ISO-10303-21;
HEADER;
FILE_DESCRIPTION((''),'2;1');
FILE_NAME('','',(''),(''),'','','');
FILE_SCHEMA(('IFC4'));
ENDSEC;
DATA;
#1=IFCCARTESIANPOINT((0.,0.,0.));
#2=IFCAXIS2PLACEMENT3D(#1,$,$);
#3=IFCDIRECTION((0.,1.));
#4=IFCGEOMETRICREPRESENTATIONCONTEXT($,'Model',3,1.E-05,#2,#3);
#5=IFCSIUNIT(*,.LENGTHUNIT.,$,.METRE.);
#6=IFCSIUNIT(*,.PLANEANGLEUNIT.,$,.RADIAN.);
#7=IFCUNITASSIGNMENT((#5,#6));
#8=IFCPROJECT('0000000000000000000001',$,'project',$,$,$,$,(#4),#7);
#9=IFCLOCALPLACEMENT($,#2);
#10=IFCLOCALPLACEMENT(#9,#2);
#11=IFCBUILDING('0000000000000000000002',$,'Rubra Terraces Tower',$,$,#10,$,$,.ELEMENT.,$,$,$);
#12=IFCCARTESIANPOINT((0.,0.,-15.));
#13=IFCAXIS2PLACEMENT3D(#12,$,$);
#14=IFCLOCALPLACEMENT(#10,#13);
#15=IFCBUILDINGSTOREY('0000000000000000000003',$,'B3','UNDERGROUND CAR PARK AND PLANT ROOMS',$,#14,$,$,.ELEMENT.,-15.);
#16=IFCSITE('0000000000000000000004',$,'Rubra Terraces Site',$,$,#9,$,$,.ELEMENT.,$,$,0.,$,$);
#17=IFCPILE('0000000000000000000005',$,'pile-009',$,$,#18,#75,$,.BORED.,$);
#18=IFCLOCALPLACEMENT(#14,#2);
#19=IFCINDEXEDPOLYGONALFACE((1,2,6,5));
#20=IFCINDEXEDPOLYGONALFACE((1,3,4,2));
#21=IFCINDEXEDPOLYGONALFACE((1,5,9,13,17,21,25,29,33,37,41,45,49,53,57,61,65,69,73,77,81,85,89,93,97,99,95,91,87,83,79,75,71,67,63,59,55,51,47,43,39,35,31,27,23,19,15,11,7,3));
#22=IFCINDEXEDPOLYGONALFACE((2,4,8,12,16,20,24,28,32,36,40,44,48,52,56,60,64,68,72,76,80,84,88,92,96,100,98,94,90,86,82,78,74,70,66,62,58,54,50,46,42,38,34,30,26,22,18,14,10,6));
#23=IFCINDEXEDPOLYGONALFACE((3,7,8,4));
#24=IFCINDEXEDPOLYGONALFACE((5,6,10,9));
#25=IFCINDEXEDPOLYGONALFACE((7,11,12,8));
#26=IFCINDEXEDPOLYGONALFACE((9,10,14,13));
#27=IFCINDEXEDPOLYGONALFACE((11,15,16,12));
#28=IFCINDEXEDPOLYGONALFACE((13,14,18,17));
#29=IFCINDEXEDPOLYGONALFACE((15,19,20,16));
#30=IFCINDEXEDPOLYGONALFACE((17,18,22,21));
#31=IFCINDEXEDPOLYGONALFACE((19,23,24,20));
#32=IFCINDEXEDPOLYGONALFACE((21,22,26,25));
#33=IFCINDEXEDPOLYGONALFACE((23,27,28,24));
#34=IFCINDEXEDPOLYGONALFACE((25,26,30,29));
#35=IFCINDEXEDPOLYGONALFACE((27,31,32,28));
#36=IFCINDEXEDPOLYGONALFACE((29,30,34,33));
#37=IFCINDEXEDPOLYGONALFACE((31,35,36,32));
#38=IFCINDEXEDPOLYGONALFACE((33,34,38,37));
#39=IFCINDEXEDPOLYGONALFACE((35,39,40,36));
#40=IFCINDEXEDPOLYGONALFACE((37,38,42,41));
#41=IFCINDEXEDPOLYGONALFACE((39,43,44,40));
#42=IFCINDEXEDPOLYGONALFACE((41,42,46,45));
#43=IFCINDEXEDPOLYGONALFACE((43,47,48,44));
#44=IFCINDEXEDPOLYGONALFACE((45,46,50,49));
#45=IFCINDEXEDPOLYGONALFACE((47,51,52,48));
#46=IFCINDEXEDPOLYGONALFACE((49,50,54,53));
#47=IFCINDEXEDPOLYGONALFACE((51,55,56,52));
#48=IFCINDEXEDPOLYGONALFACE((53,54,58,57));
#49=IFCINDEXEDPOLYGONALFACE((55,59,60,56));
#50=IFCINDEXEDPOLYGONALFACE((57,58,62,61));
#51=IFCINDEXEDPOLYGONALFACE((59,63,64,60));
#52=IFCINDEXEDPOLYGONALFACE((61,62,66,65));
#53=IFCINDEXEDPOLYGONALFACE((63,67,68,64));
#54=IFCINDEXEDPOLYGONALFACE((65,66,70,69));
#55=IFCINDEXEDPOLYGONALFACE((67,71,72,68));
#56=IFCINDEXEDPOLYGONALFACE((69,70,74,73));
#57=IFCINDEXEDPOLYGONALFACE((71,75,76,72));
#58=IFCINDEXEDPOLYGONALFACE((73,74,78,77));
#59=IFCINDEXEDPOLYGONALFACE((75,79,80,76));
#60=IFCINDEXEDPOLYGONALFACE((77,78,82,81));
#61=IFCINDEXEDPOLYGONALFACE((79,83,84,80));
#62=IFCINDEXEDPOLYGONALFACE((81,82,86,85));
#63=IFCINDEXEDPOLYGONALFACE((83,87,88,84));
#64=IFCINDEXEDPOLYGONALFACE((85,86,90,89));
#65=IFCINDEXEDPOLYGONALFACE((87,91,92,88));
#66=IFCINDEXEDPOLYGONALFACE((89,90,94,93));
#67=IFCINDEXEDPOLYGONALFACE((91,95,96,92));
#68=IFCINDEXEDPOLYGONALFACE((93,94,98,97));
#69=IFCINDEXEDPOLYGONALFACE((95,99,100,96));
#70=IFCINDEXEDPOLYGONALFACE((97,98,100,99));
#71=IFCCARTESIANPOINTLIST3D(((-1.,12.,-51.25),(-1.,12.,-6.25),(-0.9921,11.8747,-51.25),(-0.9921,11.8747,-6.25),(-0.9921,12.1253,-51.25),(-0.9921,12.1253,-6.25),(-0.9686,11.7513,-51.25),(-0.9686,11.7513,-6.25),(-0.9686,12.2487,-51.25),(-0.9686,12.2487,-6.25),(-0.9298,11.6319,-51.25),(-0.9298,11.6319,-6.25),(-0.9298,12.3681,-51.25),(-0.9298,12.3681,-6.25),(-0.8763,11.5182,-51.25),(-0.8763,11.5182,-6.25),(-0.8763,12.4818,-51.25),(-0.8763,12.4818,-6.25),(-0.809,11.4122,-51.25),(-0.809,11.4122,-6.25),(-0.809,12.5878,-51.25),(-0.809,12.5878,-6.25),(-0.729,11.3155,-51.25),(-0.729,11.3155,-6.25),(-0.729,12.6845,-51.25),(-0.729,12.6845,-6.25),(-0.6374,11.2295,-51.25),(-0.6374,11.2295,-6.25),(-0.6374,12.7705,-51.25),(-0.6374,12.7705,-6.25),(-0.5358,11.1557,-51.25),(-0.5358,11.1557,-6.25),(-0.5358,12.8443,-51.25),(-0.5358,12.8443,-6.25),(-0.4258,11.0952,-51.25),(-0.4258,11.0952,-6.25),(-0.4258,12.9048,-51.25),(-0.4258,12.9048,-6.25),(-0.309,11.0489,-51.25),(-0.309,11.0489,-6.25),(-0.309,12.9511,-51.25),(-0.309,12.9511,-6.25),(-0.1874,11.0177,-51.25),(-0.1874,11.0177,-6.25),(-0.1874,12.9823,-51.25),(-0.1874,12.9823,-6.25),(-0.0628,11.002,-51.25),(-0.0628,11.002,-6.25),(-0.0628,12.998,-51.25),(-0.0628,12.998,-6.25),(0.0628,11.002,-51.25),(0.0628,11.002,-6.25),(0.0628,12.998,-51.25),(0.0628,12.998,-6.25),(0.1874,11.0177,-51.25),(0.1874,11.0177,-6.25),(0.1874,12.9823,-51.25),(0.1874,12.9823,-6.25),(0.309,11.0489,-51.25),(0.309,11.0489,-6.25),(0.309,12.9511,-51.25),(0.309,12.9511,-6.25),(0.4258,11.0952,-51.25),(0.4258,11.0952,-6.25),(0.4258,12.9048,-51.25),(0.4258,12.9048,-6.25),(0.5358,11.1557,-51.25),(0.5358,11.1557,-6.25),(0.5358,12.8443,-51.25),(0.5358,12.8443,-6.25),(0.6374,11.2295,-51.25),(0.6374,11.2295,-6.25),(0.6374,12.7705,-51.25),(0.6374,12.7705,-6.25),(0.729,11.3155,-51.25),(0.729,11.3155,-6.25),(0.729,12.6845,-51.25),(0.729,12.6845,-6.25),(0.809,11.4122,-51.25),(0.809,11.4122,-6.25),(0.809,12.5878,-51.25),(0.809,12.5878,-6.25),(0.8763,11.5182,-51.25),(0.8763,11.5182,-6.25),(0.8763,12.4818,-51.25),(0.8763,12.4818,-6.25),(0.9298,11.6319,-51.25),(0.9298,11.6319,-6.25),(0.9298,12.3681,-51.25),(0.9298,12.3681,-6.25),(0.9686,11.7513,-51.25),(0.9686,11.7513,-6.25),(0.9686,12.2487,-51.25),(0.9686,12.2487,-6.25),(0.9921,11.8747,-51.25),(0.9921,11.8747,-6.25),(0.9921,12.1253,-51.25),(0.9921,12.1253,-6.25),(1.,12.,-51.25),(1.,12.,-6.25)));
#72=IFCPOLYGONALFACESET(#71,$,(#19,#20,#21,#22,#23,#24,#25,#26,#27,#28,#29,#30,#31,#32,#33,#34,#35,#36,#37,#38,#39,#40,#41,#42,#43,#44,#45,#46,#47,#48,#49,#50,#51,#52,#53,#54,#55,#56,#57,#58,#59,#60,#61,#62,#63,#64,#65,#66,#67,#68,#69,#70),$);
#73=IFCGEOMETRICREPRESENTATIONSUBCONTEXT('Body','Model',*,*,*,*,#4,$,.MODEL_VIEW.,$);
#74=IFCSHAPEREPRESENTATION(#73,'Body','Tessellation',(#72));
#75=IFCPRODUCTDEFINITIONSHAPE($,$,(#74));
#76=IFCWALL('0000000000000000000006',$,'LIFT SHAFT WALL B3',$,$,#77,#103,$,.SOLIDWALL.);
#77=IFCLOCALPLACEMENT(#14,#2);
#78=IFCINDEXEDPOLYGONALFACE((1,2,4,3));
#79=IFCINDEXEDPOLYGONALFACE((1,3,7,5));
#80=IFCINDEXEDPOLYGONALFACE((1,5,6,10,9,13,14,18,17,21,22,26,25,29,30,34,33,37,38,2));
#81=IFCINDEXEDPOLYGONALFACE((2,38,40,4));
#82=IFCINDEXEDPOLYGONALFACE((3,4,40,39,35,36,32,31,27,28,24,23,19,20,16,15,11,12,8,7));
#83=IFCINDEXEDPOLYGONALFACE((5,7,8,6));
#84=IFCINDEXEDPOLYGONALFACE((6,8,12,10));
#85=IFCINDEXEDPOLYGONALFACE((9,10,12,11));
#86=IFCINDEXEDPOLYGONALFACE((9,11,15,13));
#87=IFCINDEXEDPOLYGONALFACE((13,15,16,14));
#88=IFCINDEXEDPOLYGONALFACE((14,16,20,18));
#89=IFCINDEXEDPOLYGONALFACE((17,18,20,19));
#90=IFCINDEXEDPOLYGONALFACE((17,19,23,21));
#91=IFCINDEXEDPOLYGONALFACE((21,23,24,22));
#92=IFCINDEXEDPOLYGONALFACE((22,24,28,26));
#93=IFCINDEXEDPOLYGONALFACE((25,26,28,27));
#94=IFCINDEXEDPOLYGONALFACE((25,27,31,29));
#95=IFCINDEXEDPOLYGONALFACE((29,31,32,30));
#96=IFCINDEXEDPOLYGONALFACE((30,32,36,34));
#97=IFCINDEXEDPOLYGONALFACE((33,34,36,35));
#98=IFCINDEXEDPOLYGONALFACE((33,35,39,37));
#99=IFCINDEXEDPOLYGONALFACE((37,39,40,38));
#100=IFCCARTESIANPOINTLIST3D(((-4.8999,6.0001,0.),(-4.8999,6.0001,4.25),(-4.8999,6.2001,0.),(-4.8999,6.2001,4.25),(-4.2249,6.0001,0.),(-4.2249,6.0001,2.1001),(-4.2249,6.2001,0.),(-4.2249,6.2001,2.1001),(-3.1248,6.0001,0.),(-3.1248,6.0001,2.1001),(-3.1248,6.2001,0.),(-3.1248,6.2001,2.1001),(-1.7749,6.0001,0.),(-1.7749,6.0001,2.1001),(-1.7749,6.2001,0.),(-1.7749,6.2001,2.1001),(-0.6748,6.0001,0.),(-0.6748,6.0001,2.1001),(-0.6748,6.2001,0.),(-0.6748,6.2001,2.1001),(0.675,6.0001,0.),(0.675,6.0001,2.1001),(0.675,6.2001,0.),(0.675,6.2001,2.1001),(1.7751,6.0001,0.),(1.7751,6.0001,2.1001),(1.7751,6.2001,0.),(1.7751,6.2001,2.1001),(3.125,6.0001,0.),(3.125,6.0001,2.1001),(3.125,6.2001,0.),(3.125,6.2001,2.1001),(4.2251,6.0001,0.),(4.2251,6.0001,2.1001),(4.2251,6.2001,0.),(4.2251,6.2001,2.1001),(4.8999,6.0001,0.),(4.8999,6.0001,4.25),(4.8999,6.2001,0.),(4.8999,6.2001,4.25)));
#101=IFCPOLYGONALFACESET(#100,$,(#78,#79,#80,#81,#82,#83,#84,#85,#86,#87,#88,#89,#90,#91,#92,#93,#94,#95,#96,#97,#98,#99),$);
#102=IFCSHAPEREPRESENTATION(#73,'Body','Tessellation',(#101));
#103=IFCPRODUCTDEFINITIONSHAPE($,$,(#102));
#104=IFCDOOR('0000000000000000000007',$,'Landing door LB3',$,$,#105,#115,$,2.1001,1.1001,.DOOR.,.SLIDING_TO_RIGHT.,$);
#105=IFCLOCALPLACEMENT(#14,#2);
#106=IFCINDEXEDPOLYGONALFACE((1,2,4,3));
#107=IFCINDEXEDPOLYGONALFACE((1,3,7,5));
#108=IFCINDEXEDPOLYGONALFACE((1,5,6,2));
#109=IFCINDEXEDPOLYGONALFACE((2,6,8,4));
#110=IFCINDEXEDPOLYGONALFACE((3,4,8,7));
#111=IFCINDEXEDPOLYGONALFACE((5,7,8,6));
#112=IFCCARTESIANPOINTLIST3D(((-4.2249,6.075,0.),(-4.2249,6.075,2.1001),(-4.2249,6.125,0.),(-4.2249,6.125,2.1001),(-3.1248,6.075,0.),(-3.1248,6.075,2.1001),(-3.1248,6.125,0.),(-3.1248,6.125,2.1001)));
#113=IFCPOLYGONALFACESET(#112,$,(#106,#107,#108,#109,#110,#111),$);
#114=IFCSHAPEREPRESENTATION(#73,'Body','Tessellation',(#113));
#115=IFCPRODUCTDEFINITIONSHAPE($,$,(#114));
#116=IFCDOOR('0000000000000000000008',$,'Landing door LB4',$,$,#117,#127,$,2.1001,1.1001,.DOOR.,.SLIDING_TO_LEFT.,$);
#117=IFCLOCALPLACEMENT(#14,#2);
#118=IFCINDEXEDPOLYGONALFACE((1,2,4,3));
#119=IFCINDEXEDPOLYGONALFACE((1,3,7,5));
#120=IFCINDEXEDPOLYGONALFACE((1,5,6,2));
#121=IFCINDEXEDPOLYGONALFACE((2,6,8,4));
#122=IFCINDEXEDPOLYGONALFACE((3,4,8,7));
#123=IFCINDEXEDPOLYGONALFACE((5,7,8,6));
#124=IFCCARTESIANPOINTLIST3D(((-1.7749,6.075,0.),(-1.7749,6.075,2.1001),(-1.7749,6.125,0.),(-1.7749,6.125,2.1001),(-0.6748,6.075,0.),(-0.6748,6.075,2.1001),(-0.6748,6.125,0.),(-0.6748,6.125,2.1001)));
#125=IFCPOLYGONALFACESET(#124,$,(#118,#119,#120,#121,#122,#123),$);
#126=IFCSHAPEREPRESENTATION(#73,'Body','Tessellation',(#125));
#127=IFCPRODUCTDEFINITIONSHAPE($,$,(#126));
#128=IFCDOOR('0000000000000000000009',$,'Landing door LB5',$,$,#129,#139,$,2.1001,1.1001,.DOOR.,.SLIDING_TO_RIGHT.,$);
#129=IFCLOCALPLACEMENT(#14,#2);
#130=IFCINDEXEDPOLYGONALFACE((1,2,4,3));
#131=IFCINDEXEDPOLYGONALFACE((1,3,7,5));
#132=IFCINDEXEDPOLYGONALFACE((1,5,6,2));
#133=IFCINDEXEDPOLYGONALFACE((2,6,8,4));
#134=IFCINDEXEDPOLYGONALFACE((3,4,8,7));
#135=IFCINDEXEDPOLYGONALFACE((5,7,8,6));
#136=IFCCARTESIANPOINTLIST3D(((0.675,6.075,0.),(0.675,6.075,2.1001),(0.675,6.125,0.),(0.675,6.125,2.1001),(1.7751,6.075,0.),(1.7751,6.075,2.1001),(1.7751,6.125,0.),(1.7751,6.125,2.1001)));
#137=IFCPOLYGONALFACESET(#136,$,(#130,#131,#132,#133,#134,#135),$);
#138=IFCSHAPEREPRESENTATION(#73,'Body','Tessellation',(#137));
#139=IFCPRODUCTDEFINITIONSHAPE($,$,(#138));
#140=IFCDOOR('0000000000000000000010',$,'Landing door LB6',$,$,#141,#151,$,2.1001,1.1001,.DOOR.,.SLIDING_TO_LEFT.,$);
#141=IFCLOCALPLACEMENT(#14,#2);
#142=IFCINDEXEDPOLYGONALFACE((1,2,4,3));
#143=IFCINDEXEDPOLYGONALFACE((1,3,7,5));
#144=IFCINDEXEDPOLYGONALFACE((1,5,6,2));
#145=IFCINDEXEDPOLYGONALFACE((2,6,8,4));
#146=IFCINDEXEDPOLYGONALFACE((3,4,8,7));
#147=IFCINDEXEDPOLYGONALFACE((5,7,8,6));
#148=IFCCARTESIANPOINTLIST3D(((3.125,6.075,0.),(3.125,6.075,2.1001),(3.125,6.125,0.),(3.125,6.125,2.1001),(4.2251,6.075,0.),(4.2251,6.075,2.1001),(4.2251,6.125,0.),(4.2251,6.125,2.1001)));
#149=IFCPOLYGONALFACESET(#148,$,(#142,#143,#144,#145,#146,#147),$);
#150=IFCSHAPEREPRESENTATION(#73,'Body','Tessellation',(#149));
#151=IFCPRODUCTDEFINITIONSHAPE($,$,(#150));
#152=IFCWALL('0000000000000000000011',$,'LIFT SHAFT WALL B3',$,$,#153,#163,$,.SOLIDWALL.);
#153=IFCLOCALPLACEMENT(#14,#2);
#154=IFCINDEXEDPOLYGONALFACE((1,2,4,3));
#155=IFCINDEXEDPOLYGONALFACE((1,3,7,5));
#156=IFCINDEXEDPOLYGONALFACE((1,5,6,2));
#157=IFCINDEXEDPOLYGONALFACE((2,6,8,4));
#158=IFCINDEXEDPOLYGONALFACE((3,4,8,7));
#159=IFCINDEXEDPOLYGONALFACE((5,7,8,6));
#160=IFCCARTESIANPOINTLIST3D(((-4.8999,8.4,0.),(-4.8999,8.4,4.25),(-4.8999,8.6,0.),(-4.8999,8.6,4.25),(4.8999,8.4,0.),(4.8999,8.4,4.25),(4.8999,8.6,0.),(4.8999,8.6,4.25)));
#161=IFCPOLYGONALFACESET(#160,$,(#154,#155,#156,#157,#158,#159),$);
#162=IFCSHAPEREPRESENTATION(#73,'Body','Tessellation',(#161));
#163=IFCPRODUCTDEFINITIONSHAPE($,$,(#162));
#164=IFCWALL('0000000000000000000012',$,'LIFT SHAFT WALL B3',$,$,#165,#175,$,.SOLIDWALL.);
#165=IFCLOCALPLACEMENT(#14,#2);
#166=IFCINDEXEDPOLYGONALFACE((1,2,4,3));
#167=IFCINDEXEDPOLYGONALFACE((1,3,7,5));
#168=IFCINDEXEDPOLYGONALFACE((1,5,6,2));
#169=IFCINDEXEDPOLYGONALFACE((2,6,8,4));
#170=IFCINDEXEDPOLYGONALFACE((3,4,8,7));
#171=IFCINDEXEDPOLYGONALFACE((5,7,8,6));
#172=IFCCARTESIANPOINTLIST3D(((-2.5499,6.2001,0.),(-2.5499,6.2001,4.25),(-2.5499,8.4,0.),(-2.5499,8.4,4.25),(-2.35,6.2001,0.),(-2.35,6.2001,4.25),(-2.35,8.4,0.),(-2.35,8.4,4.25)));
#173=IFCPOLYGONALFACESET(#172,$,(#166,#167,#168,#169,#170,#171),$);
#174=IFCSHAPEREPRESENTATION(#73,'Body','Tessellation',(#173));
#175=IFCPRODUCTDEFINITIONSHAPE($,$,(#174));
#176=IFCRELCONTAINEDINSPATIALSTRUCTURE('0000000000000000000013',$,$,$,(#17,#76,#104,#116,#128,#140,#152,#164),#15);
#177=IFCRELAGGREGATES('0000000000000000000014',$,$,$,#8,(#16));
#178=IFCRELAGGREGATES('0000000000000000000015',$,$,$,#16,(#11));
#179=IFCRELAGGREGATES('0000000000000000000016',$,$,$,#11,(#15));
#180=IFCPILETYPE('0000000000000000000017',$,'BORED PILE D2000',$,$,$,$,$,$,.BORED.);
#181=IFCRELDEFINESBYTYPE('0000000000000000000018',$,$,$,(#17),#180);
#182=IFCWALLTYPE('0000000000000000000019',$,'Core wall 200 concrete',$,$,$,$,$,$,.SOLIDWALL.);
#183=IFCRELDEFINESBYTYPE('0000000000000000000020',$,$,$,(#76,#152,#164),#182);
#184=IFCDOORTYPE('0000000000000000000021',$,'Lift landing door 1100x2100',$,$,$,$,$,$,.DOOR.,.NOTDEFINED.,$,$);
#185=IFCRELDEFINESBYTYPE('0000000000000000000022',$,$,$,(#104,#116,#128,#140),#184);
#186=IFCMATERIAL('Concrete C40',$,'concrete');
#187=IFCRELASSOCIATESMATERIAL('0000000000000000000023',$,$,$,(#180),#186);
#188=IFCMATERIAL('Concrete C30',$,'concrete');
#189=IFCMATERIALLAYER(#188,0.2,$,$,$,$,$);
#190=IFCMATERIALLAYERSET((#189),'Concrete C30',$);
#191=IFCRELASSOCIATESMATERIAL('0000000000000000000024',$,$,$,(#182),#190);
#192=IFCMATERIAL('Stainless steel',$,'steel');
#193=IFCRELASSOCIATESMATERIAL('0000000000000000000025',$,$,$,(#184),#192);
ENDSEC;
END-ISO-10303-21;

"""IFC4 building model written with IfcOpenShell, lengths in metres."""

from ifc_helpers import new_model, si_unit, direction, frame, frame_2d, origin, origin_2d, place, context, subcontext, project, spatial, rectangle, circle, extrude, material, layer, layer_set, material_profile, profile_set, type_object, element, fill, save


model = new_model("IFC4")

# Units and contexts
model_context = context("Model", 3, precision=1e-05, world=origin(), true_north=direction((0.0, 1.0)))
body_context = subcontext(model_context, "Body", "Model", "MODEL_VIEW")
ifc_project = project(units=[si_unit("LENGTHUNIT", "METRE"), si_unit("PLANEANGLEUNIT", "RADIAN")], contexts=[model_context])

# Site, building, storey
site_placement = place(None, origin())
site = spatial("IfcSite", under=ifc_project, at=site_placement, Name="Rubra Terraces Site", CompositionType="ELEMENT", RefElevation=0.0)
building_placement = place(site_placement, origin())
building = spatial("IfcBuilding", under=site, at=building_placement, Name="Rubra Terraces Tower", CompositionType="ELEMENT")
storey_placement = place(building_placement, frame((0.0, 0.0, -15.0)))
storey = spatial("IfcBuildingStorey", under=building, at=storey_placement, Name="B3", Description="UNDERGROUND CAR PARK AND PLANT ROOMS", CompositionType="ELEMENT", Elevation=-15.0)

# Pile
ifc_material_1 = material(Name="Concrete C40", Category="concrete")
ifc_material_profile = material_profile(ifc_material_1, circle(Radius=1.0, at=origin_2d()), Name="BORED PILE D2000")
ifc_profile_set = profile_set([ifc_material_profile], Name="Concrete C40")
pile_type = type_object("IfcPileType", Name="BORED PILE D2000", PredefinedType="BORED", material=ifc_profile_set)
for number, where, z_axis, x_axis, name in (
    (1, (0.0, 12.0, -6.25), (0.0, 0.0, -1.0), (1.0, 0.0, 0.0), "pile-009"),
):
    element("IfcPile", number, at=place(storey_placement, frame(where, z_axis=z_axis, x_axis=x_axis)), inside=storey, type_object=pile_type, Name=name, PredefinedType="BORED", context=body_context, shape_type="SweptSolid", body=[
        extrude(circle(Radius=1.0, at=origin_2d()), origin(), (0.0, 0.0, 1.0), 45.0),
    ])

# Wall, openings, doors
ifc_material_2 = material(Name="Concrete C30", Category="concrete")
ifc_layer_1 = layer(ifc_material_2, 0.2)
ifc_layer_set_1 = layer_set([ifc_layer_1], Name="Concrete C30")
wall_type_1 = type_object("IfcWallType", Name="Core wall 200 concrete", PredefinedType="SOLIDWALL", material=ifc_layer_set_1)
wall_1_placement = place(storey_placement, frame((-4.8999, 6.1001, 0.0), z_axis=(0.0, 0.0, 1.0), x_axis=(1.0, 0.0, 0.0)))
wall_1 = element("IfcWall", 2, at=wall_1_placement, inside=storey, type_object=wall_type_1, Name="LIFT SHAFT WALL B3", PredefinedType="SOLIDWALL", context=body_context, shape_type="SweptSolid", body=[
    extrude(rectangle(XDim=9.7998, YDim=0.2, at=frame_2d((4.8999, 0.0))), origin(), (0.0, 0.0, 1.0), 4.25),
])
opening_1_placement = place(wall_1_placement, frame((0.675, 0.0, 0.0)))
opening_1 = element("IfcOpeningElement", 3, at=opening_1_placement, cuts=wall_1, PredefinedType="OPENING", context=body_context, shape_type="SweptSolid", body=[
    extrude(rectangle(XDim=1.1001, YDim=2.1001, at=frame_2d((0.55, 1.05))), frame((0.0, 0.1099, 0.0), z_axis=(0.0, -1.0, 0.0), x_axis=(1.0, 0.0, 0.0)), (0.0, 0.0, 1.0), 0.22),
])
opening_2_placement = place(wall_1_placement, frame((3.125, 0.0, 0.0)))
opening_2 = element("IfcOpeningElement", 4, at=opening_2_placement, cuts=wall_1, PredefinedType="OPENING", context=body_context, shape_type="SweptSolid", body=[
    extrude(rectangle(XDim=1.1001, YDim=2.1001, at=frame_2d((0.55, 1.05))), frame((0.0, 0.1099, 0.0), z_axis=(0.0, -1.0, 0.0), x_axis=(1.0, 0.0, 0.0)), (0.0, 0.0, 1.0), 0.22),
])
opening_3_placement = place(wall_1_placement, frame((5.575, 0.0, 0.0)))
opening_3 = element("IfcOpeningElement", 5, at=opening_3_placement, cuts=wall_1, PredefinedType="OPENING", context=body_context, shape_type="SweptSolid", body=[
    extrude(rectangle(XDim=1.1001, YDim=2.1001, at=frame_2d((0.55, 1.05))), frame((0.0, 0.1099, 0.0), z_axis=(0.0, -1.0, 0.0), x_axis=(1.0, 0.0, 0.0)), (0.0, 0.0, 1.0), 0.22),
])
opening_4_placement = place(wall_1_placement, frame((8.0249, 0.0, 0.0)))
opening_4 = element("IfcOpeningElement", 6, at=opening_4_placement, cuts=wall_1, PredefinedType="OPENING", context=body_context, shape_type="SweptSolid", body=[
    extrude(rectangle(XDim=1.1001, YDim=2.1001, at=frame_2d((0.55, 1.05))), frame((0.0, 0.1099, 0.0), z_axis=(0.0, -1.0, 0.0), x_axis=(1.0, 0.0, 0.0)), (0.0, 0.0, 1.0), 0.22),
])
ifc_material_3 = material(Name="Stainless steel", Category="steel")
door_type_1 = type_object("IfcDoorType", Name="Lift landing door 1100x2100", OperationType="NOTDEFINED", PredefinedType="DOOR", material=ifc_material_3)
door_1_placement = place(opening_1_placement, origin())
door_1 = element("IfcDoor", 7, at=door_1_placement, inside=storey, type_object=door_type_1, Name="Landing door LB3", OperationType="SLIDING_TO_RIGHT", OverallHeight=2.1001, OverallWidth=1.1001, PredefinedType="DOOR", context=body_context, shape_type="SweptSolid", body=[
    extrude(rectangle(XDim=1.1001, YDim=2.1001, at=frame_2d((0.55, 1.05))), frame((0.0, 0.0249, 0.0), z_axis=(0.0, -1.0, 0.0), x_axis=(1.0, 0.0, 0.0)), (0.0, 0.0, 1.0), 0.05),
])
fill(opening_1, door_1)
door_2_placement = place(opening_2_placement, origin())
door_2 = element("IfcDoor", 8, at=door_2_placement, inside=storey, type_object=door_type_1, Name="Landing door LB4", OperationType="SLIDING_TO_LEFT", OverallHeight=2.1001, OverallWidth=1.1001, PredefinedType="DOOR", context=body_context, shape_type="SweptSolid", body=[
    extrude(rectangle(XDim=1.1001, YDim=2.1001, at=frame_2d((0.55, 1.05))), frame((0.0, 0.0249, 0.0), z_axis=(0.0, -1.0, 0.0), x_axis=(1.0, 0.0, 0.0)), (0.0, 0.0, 1.0), 0.05),
])
fill(opening_2, door_2)
door_3_placement = place(opening_3_placement, origin())
door_3 = element("IfcDoor", 9, at=door_3_placement, inside=storey, type_object=door_type_1, Name="Landing door LB5", OperationType="SLIDING_TO_RIGHT", OverallHeight=2.1001, OverallWidth=1.1001, PredefinedType="DOOR", context=body_context, shape_type="SweptSolid", body=[
    extrude(rectangle(XDim=1.1001, YDim=2.1001, at=frame_2d((0.55, 1.05))), frame((0.0, 0.0249, 0.0), z_axis=(0.0, -1.0, 0.0), x_axis=(1.0, 0.0, 0.0)), (0.0, 0.0, 1.0), 0.05),
])
fill(opening_3, door_3)
door_4_placement = place(opening_4_placement, origin())
door_4 = element("IfcDoor", 10, at=door_4_placement, inside=storey, type_object=door_type_1, Name="Landing door LB6", OperationType="SLIDING_TO_LEFT", OverallHeight=2.1001, OverallWidth=1.1001, PredefinedType="DOOR", context=body_context, shape_type="SweptSolid", body=[
    extrude(rectangle(XDim=1.1001, YDim=2.1001, at=frame_2d((0.55, 1.05))), frame((0.0, 0.0249, 0.0), z_axis=(0.0, -1.0, 0.0), x_axis=(1.0, 0.0, 0.0)), (0.0, 0.0, 1.0), 0.05),
])
fill(opening_4, door_4)

# Walls
wall_2_placement = place(storey_placement, frame((-4.8999, 8.5, 0.0), z_axis=(0.0, 0.0, 1.0), x_axis=(1.0, 0.0, 0.0)))
element("IfcWall", 11, at=wall_2_placement, inside=storey, type_object=wall_type_1, Name="LIFT SHAFT WALL B3", PredefinedType="SOLIDWALL", context=body_context, shape_type="SweptSolid", body=[
    extrude(rectangle(XDim=9.7998, YDim=0.2, at=frame_2d((4.8999, 0.0))), origin(), (0.0, 0.0, 1.0), 4.25),
])
for number, where, z_axis, x_axis, name in (
    (12, (-2.45, 6.2, 0.0), (0.0, 0.0, 1.0), (0.0, 1.0, 0.0), "LIFT SHAFT WALL B3"),
):
    element("IfcWall", number, at=place(storey_placement, frame(where, z_axis=z_axis, x_axis=x_axis)), inside=storey, type_object=wall_type_1, Name=name, PredefinedType="SOLIDWALL", context=body_context, shape_type="SweptSolid", body=[
        extrude(rectangle(XDim=2.2, YDim=0.2, at=frame_2d((1.1001, 0.0))), origin(), (0.0, 0.0, 1.0), 4.25),
    ])

save(model, "model.ifc")
